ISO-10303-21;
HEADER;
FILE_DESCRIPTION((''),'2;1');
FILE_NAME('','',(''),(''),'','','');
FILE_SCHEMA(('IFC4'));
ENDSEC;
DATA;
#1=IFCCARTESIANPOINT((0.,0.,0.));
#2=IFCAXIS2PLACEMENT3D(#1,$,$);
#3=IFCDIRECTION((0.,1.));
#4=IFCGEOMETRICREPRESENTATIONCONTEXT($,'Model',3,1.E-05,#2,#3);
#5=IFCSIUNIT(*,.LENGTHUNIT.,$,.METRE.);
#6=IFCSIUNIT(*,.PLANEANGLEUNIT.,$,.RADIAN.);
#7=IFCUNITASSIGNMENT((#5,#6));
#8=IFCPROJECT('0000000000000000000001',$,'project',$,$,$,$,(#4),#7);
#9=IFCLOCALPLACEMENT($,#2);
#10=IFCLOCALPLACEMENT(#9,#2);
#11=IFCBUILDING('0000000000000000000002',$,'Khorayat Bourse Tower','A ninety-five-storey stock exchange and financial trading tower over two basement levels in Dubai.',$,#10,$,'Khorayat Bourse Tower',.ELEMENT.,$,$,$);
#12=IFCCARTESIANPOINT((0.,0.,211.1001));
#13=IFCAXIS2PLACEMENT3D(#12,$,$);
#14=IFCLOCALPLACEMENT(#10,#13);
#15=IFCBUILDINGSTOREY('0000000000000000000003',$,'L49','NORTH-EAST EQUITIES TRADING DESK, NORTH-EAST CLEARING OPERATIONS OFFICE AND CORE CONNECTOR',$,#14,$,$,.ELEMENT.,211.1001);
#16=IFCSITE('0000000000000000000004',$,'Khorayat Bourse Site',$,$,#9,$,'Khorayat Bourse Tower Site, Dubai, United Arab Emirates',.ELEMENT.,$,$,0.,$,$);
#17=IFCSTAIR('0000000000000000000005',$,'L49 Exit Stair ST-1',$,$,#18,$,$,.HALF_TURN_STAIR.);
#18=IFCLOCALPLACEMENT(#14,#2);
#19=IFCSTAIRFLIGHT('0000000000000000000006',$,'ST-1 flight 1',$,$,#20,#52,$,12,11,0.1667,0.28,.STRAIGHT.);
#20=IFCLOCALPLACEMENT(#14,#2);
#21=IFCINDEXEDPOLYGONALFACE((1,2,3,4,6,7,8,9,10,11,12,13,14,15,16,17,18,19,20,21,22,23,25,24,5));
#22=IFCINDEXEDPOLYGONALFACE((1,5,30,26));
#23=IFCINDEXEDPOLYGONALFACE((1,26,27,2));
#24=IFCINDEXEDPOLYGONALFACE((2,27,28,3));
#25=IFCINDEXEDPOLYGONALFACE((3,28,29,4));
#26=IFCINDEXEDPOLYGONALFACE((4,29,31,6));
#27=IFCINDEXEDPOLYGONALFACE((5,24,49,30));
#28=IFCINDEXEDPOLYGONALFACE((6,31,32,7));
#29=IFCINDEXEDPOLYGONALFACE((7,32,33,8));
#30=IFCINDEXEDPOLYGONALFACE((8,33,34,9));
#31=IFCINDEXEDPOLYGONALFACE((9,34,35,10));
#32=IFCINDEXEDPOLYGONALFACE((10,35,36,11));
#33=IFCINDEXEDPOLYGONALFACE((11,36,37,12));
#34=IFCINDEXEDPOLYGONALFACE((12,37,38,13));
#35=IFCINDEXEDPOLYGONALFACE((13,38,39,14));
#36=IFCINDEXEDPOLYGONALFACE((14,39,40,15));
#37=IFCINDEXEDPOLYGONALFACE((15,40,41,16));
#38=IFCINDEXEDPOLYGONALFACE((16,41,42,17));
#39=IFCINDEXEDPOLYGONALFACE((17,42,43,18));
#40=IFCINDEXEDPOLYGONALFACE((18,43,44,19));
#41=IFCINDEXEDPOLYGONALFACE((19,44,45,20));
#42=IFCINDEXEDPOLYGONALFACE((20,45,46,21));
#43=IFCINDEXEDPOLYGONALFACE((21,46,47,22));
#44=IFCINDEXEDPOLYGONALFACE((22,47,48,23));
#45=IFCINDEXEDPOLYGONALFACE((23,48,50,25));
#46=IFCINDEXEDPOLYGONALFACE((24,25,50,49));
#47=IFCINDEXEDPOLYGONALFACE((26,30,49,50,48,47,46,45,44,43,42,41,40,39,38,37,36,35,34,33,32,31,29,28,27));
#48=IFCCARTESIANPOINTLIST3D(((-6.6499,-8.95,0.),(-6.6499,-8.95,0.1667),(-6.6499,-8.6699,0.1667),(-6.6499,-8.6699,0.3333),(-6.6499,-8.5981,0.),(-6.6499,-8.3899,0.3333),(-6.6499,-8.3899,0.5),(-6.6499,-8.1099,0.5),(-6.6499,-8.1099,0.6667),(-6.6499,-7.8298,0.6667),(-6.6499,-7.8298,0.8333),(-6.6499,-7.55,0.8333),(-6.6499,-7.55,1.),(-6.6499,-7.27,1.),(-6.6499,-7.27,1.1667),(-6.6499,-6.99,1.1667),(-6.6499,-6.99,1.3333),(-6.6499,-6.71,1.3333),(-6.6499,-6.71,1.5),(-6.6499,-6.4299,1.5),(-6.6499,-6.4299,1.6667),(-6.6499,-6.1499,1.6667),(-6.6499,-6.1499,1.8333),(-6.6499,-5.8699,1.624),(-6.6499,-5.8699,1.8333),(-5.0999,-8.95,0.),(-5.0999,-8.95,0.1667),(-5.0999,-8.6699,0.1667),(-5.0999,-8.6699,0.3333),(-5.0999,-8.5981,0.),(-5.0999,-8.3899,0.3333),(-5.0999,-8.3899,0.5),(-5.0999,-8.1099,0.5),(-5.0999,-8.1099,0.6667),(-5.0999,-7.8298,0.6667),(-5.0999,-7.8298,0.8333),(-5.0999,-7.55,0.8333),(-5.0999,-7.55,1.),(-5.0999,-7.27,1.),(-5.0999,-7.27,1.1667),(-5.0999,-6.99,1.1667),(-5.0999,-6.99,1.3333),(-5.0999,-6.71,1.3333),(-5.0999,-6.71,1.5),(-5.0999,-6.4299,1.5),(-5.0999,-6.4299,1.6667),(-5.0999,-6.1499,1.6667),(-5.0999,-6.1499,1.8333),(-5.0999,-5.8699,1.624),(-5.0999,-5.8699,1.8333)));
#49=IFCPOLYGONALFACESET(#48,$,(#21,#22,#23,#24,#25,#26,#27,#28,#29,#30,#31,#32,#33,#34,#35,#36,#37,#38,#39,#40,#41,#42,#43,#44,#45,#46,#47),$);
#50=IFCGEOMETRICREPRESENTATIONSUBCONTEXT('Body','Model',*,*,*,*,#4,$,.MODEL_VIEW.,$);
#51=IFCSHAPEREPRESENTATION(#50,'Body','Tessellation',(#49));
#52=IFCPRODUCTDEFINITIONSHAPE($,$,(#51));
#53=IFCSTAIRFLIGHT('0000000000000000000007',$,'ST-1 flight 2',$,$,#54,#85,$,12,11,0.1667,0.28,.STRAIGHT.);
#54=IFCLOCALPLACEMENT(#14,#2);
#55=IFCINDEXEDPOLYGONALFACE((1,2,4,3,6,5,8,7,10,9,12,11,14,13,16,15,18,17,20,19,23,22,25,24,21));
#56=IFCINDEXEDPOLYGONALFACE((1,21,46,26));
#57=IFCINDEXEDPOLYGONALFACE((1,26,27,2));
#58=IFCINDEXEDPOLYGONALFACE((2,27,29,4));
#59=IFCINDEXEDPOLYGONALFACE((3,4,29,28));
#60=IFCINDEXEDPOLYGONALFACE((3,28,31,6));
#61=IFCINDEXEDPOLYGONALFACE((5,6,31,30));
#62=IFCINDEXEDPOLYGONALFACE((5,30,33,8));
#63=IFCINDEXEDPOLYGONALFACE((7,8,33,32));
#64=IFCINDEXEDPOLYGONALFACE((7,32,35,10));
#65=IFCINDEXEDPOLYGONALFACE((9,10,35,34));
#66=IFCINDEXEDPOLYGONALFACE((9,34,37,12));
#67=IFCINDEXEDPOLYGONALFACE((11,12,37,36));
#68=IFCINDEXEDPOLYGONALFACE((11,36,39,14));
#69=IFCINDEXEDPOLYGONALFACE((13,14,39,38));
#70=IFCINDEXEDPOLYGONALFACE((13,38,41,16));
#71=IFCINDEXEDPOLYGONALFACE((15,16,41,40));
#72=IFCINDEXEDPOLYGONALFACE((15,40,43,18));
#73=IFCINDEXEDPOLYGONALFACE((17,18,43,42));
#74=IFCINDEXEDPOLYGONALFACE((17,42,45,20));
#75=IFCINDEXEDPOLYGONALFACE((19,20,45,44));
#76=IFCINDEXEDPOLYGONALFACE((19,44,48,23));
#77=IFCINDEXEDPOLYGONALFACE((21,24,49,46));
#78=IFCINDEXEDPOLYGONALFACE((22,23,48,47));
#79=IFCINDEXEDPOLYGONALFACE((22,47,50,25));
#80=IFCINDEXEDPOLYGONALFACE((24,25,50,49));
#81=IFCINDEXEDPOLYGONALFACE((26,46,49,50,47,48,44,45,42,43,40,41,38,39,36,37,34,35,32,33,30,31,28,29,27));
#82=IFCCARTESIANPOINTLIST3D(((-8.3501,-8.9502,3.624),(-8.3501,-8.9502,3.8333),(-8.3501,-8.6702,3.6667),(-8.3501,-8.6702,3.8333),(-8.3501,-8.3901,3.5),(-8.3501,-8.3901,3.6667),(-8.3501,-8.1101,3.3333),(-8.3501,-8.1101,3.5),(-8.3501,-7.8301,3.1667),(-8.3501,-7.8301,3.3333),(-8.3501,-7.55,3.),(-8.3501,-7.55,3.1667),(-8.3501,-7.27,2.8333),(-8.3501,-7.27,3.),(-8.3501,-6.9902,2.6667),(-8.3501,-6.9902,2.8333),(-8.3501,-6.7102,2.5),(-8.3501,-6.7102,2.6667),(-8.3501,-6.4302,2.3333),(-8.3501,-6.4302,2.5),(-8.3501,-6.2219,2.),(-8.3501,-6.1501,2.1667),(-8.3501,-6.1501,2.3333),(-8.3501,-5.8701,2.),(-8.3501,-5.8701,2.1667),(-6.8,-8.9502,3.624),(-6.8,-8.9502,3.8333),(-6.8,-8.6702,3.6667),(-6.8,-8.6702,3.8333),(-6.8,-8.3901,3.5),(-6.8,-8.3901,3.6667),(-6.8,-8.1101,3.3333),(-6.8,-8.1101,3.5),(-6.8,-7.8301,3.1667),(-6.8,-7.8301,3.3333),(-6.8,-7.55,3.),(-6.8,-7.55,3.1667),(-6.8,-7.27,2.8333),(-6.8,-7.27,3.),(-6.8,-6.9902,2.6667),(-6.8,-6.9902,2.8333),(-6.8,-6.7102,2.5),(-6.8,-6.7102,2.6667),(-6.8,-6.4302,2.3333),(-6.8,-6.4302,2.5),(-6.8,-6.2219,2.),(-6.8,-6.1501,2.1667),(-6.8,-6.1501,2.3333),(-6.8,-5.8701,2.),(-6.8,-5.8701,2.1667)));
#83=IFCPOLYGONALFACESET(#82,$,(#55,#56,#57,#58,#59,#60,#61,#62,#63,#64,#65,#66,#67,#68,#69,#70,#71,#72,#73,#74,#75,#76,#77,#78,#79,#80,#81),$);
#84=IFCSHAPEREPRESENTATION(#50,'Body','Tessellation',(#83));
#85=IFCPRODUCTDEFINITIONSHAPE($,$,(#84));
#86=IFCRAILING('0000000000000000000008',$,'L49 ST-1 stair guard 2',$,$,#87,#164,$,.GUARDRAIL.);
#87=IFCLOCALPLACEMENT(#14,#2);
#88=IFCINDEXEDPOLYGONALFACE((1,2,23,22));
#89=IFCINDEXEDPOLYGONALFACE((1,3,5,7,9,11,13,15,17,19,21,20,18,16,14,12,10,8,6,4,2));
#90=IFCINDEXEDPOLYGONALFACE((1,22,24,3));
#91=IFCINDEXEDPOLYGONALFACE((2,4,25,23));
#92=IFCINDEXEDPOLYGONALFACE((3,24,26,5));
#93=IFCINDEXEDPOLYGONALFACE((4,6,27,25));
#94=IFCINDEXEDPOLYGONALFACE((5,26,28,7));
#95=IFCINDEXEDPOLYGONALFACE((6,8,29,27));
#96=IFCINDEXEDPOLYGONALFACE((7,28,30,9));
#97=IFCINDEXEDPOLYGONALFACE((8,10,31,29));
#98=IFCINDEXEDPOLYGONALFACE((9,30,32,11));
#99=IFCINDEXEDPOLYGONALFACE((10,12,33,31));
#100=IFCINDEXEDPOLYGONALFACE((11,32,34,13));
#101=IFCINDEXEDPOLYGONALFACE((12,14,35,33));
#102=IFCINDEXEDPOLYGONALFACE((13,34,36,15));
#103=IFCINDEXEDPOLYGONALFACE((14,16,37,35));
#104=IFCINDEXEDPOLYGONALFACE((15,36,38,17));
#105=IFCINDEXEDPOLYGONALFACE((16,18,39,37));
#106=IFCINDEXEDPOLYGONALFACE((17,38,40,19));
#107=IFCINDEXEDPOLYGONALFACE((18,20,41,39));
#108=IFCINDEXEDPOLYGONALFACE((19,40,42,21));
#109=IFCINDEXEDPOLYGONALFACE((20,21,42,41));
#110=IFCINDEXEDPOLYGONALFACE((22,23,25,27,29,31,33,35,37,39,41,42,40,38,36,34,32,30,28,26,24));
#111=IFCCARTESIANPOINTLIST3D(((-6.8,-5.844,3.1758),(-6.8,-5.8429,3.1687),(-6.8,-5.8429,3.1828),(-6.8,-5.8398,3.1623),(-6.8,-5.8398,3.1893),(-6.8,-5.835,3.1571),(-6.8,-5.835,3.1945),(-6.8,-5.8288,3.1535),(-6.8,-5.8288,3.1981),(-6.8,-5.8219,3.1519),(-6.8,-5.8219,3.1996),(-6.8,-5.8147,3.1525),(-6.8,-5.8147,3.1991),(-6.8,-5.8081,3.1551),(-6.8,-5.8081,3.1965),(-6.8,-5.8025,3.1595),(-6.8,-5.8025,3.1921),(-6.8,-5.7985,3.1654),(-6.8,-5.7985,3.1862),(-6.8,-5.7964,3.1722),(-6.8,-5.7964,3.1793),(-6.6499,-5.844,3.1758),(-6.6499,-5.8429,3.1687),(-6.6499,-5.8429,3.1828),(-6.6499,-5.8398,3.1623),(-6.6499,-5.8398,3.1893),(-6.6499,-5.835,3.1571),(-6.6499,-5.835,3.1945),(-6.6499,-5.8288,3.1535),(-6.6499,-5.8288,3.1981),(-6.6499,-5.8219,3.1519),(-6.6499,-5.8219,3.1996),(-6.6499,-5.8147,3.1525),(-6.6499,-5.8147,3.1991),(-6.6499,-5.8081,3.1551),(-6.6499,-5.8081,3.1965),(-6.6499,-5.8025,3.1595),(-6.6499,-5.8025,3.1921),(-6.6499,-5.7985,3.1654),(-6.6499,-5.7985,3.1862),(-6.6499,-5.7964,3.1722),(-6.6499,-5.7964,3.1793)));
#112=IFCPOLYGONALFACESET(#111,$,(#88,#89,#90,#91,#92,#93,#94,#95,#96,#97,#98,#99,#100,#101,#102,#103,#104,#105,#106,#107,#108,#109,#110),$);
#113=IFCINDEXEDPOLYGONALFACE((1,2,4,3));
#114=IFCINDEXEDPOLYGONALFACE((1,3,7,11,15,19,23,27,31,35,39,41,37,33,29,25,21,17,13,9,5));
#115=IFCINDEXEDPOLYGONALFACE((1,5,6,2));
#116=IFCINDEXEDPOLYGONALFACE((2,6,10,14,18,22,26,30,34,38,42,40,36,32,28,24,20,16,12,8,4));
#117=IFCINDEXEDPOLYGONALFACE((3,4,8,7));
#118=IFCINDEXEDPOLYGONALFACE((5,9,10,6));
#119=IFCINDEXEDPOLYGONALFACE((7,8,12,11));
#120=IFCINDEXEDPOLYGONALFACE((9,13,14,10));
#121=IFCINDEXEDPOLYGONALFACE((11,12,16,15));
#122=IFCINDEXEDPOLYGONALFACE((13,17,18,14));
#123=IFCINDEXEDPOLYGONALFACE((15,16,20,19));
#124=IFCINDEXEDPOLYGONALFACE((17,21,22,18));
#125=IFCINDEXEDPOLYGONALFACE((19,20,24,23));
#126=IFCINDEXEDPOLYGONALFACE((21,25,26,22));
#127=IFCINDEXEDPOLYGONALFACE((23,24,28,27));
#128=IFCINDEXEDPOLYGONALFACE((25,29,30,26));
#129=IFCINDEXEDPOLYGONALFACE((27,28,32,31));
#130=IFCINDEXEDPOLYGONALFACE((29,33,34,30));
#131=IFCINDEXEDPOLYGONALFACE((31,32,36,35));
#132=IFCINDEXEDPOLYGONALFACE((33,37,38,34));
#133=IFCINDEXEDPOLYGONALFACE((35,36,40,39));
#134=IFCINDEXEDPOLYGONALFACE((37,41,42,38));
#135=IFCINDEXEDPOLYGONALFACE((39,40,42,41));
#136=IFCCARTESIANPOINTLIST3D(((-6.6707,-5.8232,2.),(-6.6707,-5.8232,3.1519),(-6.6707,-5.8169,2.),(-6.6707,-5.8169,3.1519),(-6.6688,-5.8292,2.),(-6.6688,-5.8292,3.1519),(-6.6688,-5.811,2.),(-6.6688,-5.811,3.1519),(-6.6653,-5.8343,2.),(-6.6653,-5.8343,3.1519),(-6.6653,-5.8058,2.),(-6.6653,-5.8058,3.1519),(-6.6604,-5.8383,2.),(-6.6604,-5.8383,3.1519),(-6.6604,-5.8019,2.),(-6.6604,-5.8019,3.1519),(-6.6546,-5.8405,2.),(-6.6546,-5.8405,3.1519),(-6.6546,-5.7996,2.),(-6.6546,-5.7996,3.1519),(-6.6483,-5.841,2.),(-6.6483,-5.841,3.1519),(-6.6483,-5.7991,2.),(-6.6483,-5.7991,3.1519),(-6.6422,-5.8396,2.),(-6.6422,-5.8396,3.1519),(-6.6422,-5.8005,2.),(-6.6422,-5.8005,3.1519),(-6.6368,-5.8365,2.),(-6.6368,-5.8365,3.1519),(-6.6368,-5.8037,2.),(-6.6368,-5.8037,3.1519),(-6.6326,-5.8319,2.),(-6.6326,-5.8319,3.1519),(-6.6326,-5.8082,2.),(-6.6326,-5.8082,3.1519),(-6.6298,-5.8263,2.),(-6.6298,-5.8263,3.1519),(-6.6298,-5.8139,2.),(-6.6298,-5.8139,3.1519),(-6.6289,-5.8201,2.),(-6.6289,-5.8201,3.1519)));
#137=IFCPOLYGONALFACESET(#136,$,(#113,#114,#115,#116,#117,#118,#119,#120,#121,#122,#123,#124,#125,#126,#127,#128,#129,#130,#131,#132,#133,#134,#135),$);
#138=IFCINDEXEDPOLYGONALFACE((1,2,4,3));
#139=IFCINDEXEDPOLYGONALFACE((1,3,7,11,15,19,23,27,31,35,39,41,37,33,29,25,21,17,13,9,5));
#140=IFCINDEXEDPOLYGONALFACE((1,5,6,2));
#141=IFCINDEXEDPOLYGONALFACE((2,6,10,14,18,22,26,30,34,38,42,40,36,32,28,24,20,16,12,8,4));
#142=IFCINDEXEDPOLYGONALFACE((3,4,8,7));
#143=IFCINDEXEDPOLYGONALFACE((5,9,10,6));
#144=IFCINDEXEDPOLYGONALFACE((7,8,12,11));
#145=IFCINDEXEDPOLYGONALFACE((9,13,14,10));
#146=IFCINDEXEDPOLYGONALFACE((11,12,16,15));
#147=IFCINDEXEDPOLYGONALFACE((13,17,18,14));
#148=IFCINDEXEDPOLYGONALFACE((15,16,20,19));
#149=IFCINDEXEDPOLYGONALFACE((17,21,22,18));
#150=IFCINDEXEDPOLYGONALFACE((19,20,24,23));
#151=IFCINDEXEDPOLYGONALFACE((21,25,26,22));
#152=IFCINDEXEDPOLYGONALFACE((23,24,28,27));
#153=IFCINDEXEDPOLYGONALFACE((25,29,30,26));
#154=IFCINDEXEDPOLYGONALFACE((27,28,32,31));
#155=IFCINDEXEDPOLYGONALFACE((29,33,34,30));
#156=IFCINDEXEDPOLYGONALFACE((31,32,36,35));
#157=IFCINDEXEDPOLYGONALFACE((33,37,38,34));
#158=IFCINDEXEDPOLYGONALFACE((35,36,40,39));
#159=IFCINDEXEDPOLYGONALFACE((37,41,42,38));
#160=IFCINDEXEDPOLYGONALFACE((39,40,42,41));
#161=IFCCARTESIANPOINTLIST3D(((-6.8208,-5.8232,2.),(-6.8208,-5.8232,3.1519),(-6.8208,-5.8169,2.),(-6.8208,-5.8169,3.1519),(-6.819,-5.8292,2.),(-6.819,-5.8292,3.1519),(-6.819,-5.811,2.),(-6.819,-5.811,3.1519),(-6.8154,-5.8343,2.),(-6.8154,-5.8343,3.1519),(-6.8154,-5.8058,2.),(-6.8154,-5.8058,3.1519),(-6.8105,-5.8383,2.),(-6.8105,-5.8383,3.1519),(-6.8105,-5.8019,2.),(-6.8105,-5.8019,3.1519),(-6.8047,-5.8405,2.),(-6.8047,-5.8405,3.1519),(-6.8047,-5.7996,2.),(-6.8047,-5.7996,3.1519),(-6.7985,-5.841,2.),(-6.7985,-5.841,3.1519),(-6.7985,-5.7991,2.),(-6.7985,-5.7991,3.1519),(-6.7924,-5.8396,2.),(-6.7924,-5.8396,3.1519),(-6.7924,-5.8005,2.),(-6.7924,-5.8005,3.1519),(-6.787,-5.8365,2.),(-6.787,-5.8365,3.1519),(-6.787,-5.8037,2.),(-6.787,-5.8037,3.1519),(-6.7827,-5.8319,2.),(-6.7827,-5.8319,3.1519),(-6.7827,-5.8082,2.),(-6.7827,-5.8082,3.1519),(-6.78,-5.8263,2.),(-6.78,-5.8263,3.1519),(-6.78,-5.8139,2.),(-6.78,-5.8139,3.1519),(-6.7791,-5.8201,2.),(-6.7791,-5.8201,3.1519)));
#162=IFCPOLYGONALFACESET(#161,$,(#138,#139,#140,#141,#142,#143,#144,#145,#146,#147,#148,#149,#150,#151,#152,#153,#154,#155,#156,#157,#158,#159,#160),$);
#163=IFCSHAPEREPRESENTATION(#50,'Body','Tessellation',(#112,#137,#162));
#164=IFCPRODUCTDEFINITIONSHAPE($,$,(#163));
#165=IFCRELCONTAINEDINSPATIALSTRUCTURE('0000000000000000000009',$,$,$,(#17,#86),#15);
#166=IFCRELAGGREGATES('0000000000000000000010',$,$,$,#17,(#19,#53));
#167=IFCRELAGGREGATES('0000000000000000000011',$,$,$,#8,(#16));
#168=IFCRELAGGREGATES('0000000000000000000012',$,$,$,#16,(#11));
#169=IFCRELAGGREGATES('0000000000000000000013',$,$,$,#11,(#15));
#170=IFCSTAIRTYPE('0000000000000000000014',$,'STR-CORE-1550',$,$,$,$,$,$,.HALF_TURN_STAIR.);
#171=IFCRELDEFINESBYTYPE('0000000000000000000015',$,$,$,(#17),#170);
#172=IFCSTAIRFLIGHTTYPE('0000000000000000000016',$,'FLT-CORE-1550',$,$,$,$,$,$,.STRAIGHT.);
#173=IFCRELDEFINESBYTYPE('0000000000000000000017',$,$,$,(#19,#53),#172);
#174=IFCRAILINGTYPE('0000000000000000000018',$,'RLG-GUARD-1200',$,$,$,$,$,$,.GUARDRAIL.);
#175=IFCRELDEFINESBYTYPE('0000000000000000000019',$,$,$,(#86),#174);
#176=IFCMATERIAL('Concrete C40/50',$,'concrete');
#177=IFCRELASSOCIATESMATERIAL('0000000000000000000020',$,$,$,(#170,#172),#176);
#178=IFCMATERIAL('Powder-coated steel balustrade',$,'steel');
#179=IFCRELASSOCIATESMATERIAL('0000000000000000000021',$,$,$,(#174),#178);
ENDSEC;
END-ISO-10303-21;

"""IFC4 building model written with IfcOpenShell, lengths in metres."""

from ifc_helpers import new_model, si_unit, direction, frame, origin, origin_2d, place, context, subcontext, project, spatial, polyline, circle, outline, extrude, source, transform, mapped, material, type_object, element, aggregate, save


model = new_model("IFC4")

# Units and contexts
model_context = context("Model", 3, precision=1e-05, world=origin(), true_north=direction((0.0, 1.0)))
body_context = subcontext(model_context, "Body", "Model", "MODEL_VIEW")
ifc_project = project(units=[si_unit("LENGTHUNIT", "METRE"), si_unit("PLANEANGLEUNIT", "RADIAN")], contexts=[model_context])

# Site, building, storey
site_placement = place(None, origin())
site = spatial("IfcSite", under=ifc_project, at=site_placement, Name="Khorayat Bourse Site", LongName="Khorayat Bourse Tower Site, Dubai, United Arab Emirates", CompositionType="ELEMENT", RefElevation=0.0)
building_placement = place(site_placement, origin())
building = spatial("IfcBuilding", under=site, at=building_placement, Name="Khorayat Bourse Tower", Description="A ninety-five-storey stock exchange and financial trading tower over two basement levels in Dubai.", LongName="Khorayat Bourse Tower", CompositionType="ELEMENT")
storey_placement = place(building_placement, frame((0.0, 0.0, 211.1001)))
storey = spatial("IfcBuildingStorey", under=building, at=storey_placement, Name="L49", Description="NORTH-EAST EQUITIES TRADING DESK, NORTH-EAST CLEARING OPERATIONS OFFICE AND CORE CONNECTOR", CompositionType="ELEMENT", Elevation=211.1001)

# Stair, stair flights
ifc_material_1 = material(Name="Concrete C40/50", Category="concrete")
stair_type = type_object("IfcStairType", Name="STR-CORE-1550", PredefinedType="HALF_TURN_STAIR", material=ifc_material_1)
stair_placement = place(storey_placement, origin())
stair = element("IfcStair", 1, at=stair_placement, inside=storey, type_object=stair_type, Name="L49 Exit Stair ST-1", PredefinedType="HALF_TURN_STAIR")
stair_flight_type = type_object("IfcStairFlightType", Name="FLT-CORE-1550", PredefinedType="STRAIGHT", material=ifc_material_1)
shared_shape_1 = source(origin(), body_context, "Body", "SweptSolid", [
    extrude(outline(polyline([(0.0, 0.0), (0.0, 0.1667), (0.28, 0.1667), (0.28, 0.3333), (0.5601, 0.3333), (0.5601, 0.5), (0.8401, 0.5), (0.8401, 0.6667), (1.1201, 0.6667), (1.1201, 0.8333), (1.3999, 0.8333), (1.3999, 1.0), (1.6799, 1.0), (1.6799, 1.1667), (1.96, 1.1667), (1.96, 1.3333), (2.24, 1.3333), (2.24, 1.5), (2.52, 1.5), (2.52, 1.6667), (2.8, 1.6667), (2.8, 1.8333), (3.0801, 1.8333), (3.0801, 2.0), (3.0801, 1.624), (0.3518, 0.0), (0.0, 0.0)])), frame((0.0, 0.7749, 0.0), z_axis=(0.0, -1.0, 0.0), x_axis=(1.0, 0.0, 0.0)), (0.0, 0.0, 1.0), 1.55),
])
stair_flight_1_placement = place(storey_placement, frame((-5.875, -8.95, 0.0), z_axis=(0.0, 0.0, 1.0), x_axis=(0.0, 1.0, 0.0)))
stair_flight_1 = element("IfcStairFlight", 2, at=stair_flight_1_placement, type_object=stair_flight_type, Name="ST-1 flight 1", NumberOfRisers=12, NumberOfTreads=11, PredefinedType="STRAIGHT", RiserHeight=0.1667, TreadLength=0.28, context=body_context, shape_type="MappedRepresentation", body=[
    mapped(shared_shape_1, transform((0.0, 0.0, 0.0), scale=1.0)),
])
stair_flight_2_placement = place(storey_placement, frame((-7.575, -5.8701, 2.0), z_axis=(0.0, 0.0, 1.0), x_axis=(0.0, -1.0, 0.0)))
stair_flight_2 = element("IfcStairFlight", 3, at=stair_flight_2_placement, type_object=stair_flight_type, Name="ST-1 flight 2", NumberOfRisers=12, NumberOfTreads=11, PredefinedType="STRAIGHT", RiserHeight=0.1667, TreadLength=0.28, context=body_context, shape_type="MappedRepresentation", body=[
    mapped(shared_shape_1, transform((0.0, 0.0, 0.0), scale=1.0)),
])
aggregate(stair, [stair_flight_1, stair_flight_2])

# Railing
ifc_material_2 = material(Name="Powder-coated steel balustrade", Category="steel")
railing_type_1 = type_object("IfcRailingType", Name="RLG-GUARD-1200", PredefinedType="GUARDRAIL", material=ifc_material_2)
shared_shape_2 = source(origin(), body_context, "Body", "SweptSolid", [
    extrude(circle(Radius=0.0239, at=origin_2d()), frame((0.0, 0.0, 1.1758), z_axis=(-1.0, 0.0, 0.0), x_axis=(0.0, -1.0, 0.0)), (0.0, 0.0, 1.0), 0.1501),
    extrude(circle(Radius=0.021, at=origin_2d()), origin(), (0.0, 0.0, 1.0), 1.1519),
    extrude(circle(Radius=0.021, at=origin_2d()), frame((-0.1501, 0.0, 0.0)), (0.0, 0.0, 1.0), 1.1519),
])
for number, where, name in (
    (4, (-6.6499, -5.8201, 2.0), "L49 ST-1 stair guard 2"),
):
    element("IfcRailing", number, at=place(storey_placement, frame(where)), inside=storey, type_object=railing_type_1, Name=name, PredefinedType="GUARDRAIL", context=body_context, shape_type="MappedRepresentation", body=[
        mapped(shared_shape_2, transform((0.0, 0.0, 0.0), scale=1.0)),
    ])

save(model, "model.ifc")
